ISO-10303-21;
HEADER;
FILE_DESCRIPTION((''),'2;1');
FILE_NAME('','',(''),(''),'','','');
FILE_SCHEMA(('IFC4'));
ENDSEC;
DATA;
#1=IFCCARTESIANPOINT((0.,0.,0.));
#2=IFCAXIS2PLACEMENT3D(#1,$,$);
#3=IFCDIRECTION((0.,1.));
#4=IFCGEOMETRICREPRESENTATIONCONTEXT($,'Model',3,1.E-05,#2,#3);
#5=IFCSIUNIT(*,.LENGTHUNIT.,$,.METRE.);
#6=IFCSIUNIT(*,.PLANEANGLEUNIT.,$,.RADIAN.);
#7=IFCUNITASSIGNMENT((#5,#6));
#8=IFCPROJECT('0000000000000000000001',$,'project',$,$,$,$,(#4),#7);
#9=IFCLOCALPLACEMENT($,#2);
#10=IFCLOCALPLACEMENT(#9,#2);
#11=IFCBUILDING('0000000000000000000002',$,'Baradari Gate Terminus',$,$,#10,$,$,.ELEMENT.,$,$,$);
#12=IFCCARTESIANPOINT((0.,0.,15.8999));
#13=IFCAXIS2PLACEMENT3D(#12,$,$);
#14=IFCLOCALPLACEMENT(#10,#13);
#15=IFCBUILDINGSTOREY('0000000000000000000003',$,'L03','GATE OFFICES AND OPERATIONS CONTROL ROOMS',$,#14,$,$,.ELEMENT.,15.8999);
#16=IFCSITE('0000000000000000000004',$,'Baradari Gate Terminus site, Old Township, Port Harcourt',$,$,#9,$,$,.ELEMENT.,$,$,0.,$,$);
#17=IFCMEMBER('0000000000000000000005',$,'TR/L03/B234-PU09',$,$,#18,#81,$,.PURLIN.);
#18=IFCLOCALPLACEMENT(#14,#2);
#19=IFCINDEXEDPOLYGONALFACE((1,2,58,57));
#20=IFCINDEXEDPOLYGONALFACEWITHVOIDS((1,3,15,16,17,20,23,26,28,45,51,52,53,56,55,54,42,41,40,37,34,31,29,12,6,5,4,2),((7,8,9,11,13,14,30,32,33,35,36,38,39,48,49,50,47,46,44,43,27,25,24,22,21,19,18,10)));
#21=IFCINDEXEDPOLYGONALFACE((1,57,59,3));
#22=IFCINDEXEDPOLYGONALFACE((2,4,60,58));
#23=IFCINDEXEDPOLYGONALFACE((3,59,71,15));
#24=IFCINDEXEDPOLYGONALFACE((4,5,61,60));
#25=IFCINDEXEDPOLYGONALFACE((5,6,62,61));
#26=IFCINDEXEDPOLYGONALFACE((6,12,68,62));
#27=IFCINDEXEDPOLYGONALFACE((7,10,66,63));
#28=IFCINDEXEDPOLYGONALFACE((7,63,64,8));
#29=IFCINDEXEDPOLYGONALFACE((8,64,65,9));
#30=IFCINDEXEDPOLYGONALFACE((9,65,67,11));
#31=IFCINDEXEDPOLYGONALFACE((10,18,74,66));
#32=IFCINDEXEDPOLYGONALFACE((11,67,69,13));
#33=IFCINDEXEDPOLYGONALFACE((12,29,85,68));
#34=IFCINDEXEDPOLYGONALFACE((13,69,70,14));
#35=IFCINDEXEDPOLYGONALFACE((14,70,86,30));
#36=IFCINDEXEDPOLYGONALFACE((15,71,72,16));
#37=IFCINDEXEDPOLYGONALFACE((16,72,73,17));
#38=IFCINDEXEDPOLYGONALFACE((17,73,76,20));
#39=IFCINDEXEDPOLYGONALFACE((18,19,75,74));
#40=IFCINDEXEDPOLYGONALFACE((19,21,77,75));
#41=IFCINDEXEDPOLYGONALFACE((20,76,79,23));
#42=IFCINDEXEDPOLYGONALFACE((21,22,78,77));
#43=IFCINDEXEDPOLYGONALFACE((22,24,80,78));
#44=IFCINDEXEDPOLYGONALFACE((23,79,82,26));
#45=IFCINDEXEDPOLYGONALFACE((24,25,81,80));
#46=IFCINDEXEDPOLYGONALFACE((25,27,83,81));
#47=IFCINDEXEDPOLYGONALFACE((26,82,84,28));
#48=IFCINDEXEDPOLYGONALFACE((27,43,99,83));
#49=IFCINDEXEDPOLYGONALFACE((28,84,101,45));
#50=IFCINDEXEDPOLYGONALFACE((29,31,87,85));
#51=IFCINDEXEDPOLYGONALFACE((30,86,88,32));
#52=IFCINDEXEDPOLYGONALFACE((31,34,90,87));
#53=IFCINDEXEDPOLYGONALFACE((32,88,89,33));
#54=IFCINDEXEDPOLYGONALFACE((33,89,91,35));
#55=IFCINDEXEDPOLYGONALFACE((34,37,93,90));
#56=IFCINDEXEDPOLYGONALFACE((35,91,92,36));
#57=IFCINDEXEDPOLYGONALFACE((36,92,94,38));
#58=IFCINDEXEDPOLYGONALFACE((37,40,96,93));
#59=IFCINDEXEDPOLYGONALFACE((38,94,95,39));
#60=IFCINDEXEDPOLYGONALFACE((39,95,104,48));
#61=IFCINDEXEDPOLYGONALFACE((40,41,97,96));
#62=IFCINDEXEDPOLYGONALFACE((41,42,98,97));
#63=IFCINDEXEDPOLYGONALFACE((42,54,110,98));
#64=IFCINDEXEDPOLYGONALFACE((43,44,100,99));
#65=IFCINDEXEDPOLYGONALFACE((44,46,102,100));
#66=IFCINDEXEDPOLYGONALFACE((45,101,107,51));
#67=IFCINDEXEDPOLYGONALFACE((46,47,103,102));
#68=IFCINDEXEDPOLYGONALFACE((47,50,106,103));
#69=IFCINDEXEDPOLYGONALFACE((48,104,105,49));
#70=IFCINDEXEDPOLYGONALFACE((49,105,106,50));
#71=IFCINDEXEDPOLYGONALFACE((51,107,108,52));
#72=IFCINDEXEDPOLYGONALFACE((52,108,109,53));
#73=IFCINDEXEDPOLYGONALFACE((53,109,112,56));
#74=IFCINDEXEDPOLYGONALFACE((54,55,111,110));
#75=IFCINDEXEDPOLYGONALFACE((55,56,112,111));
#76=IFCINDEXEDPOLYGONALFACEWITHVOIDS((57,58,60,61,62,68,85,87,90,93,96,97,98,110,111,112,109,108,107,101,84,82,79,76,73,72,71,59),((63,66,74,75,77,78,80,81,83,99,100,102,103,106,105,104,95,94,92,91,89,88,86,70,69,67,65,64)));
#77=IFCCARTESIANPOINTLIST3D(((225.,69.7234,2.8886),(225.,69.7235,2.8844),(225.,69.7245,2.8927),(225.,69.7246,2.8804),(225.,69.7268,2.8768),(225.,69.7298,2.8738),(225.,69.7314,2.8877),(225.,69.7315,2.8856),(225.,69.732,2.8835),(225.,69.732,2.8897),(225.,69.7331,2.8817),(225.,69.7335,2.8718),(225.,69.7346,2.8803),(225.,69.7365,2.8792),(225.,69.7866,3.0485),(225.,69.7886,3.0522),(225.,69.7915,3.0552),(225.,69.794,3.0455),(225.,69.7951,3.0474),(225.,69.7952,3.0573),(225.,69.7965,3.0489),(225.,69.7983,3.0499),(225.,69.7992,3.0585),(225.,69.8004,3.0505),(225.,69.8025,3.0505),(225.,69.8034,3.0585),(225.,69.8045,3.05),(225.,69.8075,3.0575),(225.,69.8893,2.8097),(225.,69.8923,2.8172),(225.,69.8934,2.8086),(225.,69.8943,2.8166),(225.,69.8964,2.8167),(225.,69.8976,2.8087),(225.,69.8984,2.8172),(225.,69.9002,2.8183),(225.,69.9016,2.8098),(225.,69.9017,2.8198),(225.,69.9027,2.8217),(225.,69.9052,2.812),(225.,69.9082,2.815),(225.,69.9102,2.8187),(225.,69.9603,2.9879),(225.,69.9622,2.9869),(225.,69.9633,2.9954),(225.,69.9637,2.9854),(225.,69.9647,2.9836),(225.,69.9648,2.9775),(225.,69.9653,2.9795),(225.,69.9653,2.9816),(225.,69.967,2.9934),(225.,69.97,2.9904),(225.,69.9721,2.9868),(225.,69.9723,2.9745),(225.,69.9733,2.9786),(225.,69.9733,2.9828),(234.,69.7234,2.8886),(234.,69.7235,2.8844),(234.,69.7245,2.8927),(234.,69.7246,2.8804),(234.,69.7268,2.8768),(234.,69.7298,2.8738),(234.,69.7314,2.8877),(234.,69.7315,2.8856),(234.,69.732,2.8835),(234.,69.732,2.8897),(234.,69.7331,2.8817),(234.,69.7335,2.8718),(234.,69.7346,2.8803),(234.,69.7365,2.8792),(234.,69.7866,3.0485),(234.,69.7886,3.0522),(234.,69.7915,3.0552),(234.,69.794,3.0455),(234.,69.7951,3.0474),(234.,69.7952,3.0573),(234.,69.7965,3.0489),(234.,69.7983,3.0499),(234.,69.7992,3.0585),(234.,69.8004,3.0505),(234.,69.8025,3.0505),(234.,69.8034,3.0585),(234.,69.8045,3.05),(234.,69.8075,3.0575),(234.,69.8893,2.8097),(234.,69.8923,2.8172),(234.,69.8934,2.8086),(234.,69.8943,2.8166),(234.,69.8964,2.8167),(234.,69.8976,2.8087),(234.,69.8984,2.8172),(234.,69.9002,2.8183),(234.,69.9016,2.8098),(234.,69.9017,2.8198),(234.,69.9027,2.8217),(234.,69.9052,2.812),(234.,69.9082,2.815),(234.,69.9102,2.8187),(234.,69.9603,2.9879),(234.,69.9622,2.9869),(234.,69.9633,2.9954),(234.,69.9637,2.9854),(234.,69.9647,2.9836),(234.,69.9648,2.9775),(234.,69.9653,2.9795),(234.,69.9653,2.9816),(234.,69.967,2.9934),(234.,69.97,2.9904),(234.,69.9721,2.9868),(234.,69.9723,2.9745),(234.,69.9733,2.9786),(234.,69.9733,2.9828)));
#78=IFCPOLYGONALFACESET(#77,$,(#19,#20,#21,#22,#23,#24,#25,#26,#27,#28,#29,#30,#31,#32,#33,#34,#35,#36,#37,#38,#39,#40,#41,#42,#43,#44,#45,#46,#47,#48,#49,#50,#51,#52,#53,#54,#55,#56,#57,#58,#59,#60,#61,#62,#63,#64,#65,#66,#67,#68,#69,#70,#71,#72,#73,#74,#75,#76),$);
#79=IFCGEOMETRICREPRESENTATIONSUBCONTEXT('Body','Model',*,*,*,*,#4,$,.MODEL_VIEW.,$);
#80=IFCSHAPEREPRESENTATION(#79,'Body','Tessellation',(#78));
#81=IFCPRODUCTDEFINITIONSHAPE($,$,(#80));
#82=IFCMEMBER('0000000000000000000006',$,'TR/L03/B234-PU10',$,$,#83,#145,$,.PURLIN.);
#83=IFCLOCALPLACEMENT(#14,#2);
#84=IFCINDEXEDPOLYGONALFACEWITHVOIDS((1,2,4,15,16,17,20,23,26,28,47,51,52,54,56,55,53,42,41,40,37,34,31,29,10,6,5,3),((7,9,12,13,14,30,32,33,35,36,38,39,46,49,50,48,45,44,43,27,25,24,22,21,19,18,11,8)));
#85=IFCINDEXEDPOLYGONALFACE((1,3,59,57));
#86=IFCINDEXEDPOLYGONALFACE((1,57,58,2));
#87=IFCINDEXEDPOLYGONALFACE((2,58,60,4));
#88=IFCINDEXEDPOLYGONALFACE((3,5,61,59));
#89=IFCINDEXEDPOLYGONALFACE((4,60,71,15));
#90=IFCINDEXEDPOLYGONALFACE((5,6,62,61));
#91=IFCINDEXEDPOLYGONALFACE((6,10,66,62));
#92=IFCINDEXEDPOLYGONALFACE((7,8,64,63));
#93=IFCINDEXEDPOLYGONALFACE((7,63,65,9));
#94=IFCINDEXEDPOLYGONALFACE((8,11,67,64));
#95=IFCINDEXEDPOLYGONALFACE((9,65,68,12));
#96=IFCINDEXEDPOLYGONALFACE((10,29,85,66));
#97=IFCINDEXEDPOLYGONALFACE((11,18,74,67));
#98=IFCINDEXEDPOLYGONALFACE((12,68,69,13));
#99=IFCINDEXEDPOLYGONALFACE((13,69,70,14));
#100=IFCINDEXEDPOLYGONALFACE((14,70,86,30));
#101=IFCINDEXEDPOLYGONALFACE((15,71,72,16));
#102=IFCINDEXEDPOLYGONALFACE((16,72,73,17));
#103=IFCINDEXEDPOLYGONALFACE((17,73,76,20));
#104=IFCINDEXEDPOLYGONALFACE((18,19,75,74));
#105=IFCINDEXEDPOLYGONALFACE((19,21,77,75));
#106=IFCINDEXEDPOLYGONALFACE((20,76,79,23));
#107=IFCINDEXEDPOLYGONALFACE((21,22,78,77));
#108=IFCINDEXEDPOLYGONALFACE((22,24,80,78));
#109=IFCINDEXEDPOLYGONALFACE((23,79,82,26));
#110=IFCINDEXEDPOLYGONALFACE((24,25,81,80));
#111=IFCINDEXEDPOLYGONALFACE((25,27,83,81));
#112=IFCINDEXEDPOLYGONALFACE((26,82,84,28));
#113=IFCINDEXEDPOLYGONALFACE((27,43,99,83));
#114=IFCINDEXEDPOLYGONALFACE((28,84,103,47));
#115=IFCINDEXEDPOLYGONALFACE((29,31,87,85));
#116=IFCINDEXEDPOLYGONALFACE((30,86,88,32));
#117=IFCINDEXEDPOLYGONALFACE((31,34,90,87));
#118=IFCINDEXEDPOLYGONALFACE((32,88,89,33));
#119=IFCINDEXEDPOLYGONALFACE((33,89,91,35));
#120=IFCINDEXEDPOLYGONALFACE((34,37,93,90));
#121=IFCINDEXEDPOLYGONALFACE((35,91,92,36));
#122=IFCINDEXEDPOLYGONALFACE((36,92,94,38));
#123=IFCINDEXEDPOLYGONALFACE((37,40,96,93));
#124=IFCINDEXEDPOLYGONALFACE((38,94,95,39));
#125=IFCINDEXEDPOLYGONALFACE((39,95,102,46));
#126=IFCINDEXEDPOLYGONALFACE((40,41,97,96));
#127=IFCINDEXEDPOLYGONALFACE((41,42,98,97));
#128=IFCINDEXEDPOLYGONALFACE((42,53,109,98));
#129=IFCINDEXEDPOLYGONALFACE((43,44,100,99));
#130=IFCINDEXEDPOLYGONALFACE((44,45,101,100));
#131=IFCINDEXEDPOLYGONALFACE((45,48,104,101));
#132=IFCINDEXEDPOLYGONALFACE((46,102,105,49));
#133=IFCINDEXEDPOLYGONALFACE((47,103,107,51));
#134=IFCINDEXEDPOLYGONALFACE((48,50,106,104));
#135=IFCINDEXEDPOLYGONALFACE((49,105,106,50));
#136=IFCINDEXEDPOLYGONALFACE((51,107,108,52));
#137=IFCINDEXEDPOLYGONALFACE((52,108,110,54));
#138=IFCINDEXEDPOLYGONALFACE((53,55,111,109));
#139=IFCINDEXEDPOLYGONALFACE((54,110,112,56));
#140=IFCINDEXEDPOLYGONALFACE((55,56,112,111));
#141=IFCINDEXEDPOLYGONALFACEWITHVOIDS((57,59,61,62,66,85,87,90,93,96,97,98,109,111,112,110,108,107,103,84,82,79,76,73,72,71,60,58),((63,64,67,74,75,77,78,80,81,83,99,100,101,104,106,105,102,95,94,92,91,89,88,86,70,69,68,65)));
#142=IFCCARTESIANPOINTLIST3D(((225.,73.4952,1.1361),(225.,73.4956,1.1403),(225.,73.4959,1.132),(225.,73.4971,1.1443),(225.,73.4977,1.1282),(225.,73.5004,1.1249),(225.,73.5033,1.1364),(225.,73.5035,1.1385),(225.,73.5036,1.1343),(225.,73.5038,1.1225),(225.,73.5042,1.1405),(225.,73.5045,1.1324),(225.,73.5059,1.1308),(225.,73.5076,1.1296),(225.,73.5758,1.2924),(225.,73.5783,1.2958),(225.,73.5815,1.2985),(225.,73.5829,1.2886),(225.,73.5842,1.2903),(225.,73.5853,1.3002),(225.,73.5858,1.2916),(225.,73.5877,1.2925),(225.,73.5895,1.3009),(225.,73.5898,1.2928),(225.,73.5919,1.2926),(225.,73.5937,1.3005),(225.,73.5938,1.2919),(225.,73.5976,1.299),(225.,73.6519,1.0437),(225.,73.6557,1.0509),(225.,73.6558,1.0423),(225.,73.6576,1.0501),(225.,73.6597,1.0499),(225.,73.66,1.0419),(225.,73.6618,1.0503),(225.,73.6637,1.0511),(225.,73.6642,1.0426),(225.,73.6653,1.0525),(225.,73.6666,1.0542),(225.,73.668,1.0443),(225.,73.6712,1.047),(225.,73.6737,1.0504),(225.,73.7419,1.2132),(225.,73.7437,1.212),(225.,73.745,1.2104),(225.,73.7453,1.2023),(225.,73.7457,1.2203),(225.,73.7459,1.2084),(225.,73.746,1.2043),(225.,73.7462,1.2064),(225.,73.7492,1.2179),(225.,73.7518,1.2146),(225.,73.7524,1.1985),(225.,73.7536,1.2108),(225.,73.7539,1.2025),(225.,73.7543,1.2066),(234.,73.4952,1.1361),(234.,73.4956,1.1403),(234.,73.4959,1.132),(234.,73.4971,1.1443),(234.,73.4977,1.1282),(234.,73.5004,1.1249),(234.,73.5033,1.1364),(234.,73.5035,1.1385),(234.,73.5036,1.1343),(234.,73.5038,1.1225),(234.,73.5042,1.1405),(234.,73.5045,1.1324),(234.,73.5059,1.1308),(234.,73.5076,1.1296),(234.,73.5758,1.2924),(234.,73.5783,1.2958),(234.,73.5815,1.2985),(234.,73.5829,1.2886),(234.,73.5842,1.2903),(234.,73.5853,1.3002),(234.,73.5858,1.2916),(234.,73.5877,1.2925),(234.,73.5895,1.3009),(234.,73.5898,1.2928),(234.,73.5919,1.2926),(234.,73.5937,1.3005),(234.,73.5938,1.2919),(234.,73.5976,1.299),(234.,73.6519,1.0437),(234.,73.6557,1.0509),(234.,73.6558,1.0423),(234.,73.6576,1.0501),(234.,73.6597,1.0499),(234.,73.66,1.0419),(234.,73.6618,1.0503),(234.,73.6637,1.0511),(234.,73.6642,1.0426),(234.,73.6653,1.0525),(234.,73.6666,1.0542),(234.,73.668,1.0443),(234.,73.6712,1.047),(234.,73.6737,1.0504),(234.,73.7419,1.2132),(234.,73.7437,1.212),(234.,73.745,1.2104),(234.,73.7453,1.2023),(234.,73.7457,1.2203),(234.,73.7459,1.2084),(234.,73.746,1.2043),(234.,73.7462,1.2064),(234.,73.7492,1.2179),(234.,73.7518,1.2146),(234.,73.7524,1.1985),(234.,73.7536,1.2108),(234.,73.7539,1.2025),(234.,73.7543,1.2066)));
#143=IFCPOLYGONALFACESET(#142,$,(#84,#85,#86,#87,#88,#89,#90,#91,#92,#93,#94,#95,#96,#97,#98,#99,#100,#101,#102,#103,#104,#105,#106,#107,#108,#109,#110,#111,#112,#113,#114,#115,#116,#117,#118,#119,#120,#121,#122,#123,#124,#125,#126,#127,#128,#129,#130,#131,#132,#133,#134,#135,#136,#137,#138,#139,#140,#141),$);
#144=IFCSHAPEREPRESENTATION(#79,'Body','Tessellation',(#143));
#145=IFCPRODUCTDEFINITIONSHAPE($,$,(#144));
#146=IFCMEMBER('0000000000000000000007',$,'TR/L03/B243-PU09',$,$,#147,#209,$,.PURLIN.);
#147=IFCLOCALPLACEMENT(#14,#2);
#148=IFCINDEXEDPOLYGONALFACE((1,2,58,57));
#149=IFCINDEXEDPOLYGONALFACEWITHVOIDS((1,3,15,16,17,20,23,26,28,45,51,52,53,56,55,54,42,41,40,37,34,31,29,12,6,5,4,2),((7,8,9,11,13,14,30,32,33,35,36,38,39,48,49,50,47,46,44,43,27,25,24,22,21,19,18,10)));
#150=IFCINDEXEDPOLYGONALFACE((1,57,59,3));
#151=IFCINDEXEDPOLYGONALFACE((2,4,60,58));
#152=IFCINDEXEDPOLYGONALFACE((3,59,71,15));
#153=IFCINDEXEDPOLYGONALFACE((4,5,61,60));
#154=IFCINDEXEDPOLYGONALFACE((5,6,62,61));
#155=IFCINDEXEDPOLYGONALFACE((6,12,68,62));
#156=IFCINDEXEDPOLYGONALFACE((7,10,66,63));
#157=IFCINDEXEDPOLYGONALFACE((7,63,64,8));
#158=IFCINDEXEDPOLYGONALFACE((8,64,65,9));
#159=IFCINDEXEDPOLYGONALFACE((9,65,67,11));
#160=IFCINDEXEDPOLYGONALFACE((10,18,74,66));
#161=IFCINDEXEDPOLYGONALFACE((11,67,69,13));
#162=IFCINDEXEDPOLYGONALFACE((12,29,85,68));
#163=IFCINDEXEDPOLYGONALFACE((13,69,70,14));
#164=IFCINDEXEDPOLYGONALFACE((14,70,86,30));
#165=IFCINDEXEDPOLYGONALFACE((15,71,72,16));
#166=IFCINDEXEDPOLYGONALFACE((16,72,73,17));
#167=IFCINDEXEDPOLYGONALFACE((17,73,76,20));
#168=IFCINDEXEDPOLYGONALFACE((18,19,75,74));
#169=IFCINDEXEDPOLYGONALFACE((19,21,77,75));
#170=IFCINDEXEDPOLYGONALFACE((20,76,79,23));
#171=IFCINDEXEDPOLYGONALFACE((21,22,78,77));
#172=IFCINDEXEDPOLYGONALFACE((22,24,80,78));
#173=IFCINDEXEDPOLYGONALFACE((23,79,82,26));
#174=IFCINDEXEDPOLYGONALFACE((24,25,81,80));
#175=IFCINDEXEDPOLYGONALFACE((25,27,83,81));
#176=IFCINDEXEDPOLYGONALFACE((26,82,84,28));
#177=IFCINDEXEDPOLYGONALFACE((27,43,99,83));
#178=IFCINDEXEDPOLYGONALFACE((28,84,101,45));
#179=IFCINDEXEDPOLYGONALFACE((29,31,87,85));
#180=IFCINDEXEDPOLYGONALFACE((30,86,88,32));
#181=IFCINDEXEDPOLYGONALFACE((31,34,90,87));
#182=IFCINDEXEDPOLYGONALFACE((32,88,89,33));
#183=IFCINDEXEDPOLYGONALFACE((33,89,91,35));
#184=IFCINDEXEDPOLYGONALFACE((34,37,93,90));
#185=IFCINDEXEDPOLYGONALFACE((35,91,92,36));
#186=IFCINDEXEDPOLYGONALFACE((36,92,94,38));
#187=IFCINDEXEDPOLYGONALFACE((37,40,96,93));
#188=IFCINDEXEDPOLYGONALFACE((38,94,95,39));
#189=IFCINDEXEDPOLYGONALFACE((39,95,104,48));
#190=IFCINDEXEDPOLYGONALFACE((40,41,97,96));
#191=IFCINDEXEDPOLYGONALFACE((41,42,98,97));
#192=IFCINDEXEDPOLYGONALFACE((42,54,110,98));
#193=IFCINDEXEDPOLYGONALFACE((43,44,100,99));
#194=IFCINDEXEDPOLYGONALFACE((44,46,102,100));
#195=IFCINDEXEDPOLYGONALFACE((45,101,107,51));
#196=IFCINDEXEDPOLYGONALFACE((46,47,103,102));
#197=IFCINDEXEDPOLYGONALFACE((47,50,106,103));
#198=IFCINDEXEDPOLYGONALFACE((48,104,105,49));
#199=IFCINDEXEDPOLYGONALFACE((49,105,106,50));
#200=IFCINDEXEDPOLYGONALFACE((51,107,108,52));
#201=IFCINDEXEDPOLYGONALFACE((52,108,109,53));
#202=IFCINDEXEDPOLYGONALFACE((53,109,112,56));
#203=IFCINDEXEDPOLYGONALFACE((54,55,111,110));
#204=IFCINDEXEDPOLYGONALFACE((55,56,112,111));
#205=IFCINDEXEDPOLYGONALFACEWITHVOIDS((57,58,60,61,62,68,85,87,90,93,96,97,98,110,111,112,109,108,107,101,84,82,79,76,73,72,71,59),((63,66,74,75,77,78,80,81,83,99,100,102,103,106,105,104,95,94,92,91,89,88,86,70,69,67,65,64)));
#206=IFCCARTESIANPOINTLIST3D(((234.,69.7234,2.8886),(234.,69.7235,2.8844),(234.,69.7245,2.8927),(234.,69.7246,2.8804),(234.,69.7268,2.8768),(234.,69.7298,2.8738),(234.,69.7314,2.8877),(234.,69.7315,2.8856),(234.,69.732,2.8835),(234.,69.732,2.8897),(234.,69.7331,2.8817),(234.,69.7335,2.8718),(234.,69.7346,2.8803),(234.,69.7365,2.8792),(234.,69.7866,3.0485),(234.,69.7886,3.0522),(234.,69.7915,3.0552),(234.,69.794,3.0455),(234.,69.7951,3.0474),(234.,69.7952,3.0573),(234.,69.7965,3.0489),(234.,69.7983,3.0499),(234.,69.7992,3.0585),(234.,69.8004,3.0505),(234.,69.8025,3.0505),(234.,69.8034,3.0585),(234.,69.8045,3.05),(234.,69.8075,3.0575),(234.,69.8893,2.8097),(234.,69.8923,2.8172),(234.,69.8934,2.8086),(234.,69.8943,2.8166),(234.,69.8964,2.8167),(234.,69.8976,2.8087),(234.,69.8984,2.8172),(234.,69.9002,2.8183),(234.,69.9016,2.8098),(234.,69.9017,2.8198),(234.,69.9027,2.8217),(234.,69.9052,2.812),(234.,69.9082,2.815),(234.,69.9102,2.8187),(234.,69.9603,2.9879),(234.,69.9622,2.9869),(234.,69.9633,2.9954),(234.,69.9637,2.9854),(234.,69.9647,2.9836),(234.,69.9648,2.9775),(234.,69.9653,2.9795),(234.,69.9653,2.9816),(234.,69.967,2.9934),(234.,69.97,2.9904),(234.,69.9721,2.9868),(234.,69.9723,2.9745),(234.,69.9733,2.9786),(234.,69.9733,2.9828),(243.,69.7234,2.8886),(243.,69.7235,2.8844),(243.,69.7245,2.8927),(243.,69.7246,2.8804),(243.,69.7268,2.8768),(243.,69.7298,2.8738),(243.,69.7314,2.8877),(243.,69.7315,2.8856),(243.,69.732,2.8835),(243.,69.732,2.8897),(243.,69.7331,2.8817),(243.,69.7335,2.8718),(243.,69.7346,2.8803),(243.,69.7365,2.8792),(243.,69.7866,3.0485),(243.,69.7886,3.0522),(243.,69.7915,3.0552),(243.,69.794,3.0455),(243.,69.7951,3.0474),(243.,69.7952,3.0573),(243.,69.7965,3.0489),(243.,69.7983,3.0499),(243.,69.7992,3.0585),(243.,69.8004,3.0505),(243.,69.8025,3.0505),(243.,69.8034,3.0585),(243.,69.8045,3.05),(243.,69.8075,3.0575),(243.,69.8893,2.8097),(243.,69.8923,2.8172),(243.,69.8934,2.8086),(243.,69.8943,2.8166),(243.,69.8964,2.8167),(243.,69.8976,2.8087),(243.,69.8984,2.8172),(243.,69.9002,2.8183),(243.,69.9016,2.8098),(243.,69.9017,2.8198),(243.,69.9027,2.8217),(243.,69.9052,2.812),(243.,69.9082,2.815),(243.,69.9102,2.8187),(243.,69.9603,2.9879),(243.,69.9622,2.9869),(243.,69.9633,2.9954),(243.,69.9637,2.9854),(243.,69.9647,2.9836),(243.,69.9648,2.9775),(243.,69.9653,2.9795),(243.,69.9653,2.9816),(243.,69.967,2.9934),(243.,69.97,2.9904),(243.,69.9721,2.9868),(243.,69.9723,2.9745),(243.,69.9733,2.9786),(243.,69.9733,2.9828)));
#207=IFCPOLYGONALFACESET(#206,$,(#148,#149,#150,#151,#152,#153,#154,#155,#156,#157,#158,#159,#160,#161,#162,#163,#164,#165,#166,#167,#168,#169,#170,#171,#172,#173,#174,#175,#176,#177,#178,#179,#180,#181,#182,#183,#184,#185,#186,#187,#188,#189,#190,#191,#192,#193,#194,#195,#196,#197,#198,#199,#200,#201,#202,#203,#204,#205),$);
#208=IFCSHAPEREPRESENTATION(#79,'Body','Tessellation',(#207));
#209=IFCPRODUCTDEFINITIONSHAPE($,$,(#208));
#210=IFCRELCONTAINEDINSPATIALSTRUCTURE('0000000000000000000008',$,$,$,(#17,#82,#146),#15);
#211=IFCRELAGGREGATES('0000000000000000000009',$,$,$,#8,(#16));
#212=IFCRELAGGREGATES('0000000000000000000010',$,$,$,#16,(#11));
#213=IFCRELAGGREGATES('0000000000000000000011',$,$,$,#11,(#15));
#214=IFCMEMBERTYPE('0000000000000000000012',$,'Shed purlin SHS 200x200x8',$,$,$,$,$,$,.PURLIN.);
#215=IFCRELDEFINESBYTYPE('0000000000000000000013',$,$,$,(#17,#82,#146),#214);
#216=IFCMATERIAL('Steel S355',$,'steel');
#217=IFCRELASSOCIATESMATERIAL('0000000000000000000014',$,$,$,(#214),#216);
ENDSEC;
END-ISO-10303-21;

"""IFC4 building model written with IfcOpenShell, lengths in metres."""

from ifc_helpers import new_model, si_unit, direction, frame, origin, origin_2d, place, context, subcontext, project, spatial, hollow_rectangle, extrude, material, material_profile, profile_set, type_object, element, save


model = new_model("IFC4")

# Units and contexts
model_context = context("Model", 3, precision=1e-05, world=origin(), true_north=direction((0.0, 1.0)))
body_context = subcontext(model_context, "Body", "Model", "MODEL_VIEW")
ifc_project = project(units=[si_unit("LENGTHUNIT", "METRE"), si_unit("PLANEANGLEUNIT", "RADIAN")], contexts=[model_context])

# Site, building, storey
site_placement = place(None, origin())
site = spatial("IfcSite", under=ifc_project, at=site_placement, Name="Baradari Gate Terminus site, Old Township, Port Harcourt", CompositionType="ELEMENT", RefElevation=0.0)
building_placement = place(site_placement, origin())
building = spatial("IfcBuilding", under=site, at=building_placement, Name="Baradari Gate Terminus", CompositionType="ELEMENT")
storey_placement = place(building_placement, frame((0.0, 0.0, 15.8999)))
storey = spatial("IfcBuildingStorey", under=building, at=storey_placement, Name="L03", Description="GATE OFFICES AND OPERATIONS CONTROL ROOMS", CompositionType="ELEMENT", Elevation=15.8999)

# Members
ifc_material_1 = material(Name="Steel S355", Category="steel")
ifc_material_profile_1 = material_profile(ifc_material_1, hollow_rectangle(XDim=0.2, YDim=0.2, WallThickness=0.0081, InnerFilletRadius=0.0081, OuterFilletRadius=0.0161, at=origin_2d()), Name="SHS 200x200x8")
ifc_profile_set_1 = profile_set([ifc_material_profile_1], Name="Steel S355")
member_type_1 = type_object("IfcMemberType", Name="Shed purlin SHS 200x200x8", PredefinedType="PURLIN", material=ifc_profile_set_1)
for number, where, z_axis, x_axis, name in (
    (1, (225.0, 69.8484, 2.9336), (1.0, 0.0, 0.0), (0.0, 0.928965, -0.370167), "TR/L03/B234-PU09"),
    (2, (225.0, 73.6248, 1.1714), (1.0, 0.0, 0.0), (0.0, 0.883027, -0.469322), "TR/L03/B234-PU10"),
    (3, (234.0, 69.8484, 2.9336), (1.0, 0.0, 0.0), (0.0, 0.928965, -0.370167), "TR/L03/B243-PU09"),
):
    element("IfcMember", number, at=place(storey_placement, frame(where, z_axis=z_axis, x_axis=x_axis)), inside=storey, type_object=member_type_1, Name=name, PredefinedType="PURLIN", context=body_context, shape_type="SweptSolid", body=[
        extrude(hollow_rectangle(XDim=0.2, YDim=0.2, WallThickness=0.0081, InnerFilletRadius=0.0081, OuterFilletRadius=0.0161, at=origin_2d()), origin(), (0.0, 0.0, 1.0), 9.0),
    ])

save(model, "model.ifc")
